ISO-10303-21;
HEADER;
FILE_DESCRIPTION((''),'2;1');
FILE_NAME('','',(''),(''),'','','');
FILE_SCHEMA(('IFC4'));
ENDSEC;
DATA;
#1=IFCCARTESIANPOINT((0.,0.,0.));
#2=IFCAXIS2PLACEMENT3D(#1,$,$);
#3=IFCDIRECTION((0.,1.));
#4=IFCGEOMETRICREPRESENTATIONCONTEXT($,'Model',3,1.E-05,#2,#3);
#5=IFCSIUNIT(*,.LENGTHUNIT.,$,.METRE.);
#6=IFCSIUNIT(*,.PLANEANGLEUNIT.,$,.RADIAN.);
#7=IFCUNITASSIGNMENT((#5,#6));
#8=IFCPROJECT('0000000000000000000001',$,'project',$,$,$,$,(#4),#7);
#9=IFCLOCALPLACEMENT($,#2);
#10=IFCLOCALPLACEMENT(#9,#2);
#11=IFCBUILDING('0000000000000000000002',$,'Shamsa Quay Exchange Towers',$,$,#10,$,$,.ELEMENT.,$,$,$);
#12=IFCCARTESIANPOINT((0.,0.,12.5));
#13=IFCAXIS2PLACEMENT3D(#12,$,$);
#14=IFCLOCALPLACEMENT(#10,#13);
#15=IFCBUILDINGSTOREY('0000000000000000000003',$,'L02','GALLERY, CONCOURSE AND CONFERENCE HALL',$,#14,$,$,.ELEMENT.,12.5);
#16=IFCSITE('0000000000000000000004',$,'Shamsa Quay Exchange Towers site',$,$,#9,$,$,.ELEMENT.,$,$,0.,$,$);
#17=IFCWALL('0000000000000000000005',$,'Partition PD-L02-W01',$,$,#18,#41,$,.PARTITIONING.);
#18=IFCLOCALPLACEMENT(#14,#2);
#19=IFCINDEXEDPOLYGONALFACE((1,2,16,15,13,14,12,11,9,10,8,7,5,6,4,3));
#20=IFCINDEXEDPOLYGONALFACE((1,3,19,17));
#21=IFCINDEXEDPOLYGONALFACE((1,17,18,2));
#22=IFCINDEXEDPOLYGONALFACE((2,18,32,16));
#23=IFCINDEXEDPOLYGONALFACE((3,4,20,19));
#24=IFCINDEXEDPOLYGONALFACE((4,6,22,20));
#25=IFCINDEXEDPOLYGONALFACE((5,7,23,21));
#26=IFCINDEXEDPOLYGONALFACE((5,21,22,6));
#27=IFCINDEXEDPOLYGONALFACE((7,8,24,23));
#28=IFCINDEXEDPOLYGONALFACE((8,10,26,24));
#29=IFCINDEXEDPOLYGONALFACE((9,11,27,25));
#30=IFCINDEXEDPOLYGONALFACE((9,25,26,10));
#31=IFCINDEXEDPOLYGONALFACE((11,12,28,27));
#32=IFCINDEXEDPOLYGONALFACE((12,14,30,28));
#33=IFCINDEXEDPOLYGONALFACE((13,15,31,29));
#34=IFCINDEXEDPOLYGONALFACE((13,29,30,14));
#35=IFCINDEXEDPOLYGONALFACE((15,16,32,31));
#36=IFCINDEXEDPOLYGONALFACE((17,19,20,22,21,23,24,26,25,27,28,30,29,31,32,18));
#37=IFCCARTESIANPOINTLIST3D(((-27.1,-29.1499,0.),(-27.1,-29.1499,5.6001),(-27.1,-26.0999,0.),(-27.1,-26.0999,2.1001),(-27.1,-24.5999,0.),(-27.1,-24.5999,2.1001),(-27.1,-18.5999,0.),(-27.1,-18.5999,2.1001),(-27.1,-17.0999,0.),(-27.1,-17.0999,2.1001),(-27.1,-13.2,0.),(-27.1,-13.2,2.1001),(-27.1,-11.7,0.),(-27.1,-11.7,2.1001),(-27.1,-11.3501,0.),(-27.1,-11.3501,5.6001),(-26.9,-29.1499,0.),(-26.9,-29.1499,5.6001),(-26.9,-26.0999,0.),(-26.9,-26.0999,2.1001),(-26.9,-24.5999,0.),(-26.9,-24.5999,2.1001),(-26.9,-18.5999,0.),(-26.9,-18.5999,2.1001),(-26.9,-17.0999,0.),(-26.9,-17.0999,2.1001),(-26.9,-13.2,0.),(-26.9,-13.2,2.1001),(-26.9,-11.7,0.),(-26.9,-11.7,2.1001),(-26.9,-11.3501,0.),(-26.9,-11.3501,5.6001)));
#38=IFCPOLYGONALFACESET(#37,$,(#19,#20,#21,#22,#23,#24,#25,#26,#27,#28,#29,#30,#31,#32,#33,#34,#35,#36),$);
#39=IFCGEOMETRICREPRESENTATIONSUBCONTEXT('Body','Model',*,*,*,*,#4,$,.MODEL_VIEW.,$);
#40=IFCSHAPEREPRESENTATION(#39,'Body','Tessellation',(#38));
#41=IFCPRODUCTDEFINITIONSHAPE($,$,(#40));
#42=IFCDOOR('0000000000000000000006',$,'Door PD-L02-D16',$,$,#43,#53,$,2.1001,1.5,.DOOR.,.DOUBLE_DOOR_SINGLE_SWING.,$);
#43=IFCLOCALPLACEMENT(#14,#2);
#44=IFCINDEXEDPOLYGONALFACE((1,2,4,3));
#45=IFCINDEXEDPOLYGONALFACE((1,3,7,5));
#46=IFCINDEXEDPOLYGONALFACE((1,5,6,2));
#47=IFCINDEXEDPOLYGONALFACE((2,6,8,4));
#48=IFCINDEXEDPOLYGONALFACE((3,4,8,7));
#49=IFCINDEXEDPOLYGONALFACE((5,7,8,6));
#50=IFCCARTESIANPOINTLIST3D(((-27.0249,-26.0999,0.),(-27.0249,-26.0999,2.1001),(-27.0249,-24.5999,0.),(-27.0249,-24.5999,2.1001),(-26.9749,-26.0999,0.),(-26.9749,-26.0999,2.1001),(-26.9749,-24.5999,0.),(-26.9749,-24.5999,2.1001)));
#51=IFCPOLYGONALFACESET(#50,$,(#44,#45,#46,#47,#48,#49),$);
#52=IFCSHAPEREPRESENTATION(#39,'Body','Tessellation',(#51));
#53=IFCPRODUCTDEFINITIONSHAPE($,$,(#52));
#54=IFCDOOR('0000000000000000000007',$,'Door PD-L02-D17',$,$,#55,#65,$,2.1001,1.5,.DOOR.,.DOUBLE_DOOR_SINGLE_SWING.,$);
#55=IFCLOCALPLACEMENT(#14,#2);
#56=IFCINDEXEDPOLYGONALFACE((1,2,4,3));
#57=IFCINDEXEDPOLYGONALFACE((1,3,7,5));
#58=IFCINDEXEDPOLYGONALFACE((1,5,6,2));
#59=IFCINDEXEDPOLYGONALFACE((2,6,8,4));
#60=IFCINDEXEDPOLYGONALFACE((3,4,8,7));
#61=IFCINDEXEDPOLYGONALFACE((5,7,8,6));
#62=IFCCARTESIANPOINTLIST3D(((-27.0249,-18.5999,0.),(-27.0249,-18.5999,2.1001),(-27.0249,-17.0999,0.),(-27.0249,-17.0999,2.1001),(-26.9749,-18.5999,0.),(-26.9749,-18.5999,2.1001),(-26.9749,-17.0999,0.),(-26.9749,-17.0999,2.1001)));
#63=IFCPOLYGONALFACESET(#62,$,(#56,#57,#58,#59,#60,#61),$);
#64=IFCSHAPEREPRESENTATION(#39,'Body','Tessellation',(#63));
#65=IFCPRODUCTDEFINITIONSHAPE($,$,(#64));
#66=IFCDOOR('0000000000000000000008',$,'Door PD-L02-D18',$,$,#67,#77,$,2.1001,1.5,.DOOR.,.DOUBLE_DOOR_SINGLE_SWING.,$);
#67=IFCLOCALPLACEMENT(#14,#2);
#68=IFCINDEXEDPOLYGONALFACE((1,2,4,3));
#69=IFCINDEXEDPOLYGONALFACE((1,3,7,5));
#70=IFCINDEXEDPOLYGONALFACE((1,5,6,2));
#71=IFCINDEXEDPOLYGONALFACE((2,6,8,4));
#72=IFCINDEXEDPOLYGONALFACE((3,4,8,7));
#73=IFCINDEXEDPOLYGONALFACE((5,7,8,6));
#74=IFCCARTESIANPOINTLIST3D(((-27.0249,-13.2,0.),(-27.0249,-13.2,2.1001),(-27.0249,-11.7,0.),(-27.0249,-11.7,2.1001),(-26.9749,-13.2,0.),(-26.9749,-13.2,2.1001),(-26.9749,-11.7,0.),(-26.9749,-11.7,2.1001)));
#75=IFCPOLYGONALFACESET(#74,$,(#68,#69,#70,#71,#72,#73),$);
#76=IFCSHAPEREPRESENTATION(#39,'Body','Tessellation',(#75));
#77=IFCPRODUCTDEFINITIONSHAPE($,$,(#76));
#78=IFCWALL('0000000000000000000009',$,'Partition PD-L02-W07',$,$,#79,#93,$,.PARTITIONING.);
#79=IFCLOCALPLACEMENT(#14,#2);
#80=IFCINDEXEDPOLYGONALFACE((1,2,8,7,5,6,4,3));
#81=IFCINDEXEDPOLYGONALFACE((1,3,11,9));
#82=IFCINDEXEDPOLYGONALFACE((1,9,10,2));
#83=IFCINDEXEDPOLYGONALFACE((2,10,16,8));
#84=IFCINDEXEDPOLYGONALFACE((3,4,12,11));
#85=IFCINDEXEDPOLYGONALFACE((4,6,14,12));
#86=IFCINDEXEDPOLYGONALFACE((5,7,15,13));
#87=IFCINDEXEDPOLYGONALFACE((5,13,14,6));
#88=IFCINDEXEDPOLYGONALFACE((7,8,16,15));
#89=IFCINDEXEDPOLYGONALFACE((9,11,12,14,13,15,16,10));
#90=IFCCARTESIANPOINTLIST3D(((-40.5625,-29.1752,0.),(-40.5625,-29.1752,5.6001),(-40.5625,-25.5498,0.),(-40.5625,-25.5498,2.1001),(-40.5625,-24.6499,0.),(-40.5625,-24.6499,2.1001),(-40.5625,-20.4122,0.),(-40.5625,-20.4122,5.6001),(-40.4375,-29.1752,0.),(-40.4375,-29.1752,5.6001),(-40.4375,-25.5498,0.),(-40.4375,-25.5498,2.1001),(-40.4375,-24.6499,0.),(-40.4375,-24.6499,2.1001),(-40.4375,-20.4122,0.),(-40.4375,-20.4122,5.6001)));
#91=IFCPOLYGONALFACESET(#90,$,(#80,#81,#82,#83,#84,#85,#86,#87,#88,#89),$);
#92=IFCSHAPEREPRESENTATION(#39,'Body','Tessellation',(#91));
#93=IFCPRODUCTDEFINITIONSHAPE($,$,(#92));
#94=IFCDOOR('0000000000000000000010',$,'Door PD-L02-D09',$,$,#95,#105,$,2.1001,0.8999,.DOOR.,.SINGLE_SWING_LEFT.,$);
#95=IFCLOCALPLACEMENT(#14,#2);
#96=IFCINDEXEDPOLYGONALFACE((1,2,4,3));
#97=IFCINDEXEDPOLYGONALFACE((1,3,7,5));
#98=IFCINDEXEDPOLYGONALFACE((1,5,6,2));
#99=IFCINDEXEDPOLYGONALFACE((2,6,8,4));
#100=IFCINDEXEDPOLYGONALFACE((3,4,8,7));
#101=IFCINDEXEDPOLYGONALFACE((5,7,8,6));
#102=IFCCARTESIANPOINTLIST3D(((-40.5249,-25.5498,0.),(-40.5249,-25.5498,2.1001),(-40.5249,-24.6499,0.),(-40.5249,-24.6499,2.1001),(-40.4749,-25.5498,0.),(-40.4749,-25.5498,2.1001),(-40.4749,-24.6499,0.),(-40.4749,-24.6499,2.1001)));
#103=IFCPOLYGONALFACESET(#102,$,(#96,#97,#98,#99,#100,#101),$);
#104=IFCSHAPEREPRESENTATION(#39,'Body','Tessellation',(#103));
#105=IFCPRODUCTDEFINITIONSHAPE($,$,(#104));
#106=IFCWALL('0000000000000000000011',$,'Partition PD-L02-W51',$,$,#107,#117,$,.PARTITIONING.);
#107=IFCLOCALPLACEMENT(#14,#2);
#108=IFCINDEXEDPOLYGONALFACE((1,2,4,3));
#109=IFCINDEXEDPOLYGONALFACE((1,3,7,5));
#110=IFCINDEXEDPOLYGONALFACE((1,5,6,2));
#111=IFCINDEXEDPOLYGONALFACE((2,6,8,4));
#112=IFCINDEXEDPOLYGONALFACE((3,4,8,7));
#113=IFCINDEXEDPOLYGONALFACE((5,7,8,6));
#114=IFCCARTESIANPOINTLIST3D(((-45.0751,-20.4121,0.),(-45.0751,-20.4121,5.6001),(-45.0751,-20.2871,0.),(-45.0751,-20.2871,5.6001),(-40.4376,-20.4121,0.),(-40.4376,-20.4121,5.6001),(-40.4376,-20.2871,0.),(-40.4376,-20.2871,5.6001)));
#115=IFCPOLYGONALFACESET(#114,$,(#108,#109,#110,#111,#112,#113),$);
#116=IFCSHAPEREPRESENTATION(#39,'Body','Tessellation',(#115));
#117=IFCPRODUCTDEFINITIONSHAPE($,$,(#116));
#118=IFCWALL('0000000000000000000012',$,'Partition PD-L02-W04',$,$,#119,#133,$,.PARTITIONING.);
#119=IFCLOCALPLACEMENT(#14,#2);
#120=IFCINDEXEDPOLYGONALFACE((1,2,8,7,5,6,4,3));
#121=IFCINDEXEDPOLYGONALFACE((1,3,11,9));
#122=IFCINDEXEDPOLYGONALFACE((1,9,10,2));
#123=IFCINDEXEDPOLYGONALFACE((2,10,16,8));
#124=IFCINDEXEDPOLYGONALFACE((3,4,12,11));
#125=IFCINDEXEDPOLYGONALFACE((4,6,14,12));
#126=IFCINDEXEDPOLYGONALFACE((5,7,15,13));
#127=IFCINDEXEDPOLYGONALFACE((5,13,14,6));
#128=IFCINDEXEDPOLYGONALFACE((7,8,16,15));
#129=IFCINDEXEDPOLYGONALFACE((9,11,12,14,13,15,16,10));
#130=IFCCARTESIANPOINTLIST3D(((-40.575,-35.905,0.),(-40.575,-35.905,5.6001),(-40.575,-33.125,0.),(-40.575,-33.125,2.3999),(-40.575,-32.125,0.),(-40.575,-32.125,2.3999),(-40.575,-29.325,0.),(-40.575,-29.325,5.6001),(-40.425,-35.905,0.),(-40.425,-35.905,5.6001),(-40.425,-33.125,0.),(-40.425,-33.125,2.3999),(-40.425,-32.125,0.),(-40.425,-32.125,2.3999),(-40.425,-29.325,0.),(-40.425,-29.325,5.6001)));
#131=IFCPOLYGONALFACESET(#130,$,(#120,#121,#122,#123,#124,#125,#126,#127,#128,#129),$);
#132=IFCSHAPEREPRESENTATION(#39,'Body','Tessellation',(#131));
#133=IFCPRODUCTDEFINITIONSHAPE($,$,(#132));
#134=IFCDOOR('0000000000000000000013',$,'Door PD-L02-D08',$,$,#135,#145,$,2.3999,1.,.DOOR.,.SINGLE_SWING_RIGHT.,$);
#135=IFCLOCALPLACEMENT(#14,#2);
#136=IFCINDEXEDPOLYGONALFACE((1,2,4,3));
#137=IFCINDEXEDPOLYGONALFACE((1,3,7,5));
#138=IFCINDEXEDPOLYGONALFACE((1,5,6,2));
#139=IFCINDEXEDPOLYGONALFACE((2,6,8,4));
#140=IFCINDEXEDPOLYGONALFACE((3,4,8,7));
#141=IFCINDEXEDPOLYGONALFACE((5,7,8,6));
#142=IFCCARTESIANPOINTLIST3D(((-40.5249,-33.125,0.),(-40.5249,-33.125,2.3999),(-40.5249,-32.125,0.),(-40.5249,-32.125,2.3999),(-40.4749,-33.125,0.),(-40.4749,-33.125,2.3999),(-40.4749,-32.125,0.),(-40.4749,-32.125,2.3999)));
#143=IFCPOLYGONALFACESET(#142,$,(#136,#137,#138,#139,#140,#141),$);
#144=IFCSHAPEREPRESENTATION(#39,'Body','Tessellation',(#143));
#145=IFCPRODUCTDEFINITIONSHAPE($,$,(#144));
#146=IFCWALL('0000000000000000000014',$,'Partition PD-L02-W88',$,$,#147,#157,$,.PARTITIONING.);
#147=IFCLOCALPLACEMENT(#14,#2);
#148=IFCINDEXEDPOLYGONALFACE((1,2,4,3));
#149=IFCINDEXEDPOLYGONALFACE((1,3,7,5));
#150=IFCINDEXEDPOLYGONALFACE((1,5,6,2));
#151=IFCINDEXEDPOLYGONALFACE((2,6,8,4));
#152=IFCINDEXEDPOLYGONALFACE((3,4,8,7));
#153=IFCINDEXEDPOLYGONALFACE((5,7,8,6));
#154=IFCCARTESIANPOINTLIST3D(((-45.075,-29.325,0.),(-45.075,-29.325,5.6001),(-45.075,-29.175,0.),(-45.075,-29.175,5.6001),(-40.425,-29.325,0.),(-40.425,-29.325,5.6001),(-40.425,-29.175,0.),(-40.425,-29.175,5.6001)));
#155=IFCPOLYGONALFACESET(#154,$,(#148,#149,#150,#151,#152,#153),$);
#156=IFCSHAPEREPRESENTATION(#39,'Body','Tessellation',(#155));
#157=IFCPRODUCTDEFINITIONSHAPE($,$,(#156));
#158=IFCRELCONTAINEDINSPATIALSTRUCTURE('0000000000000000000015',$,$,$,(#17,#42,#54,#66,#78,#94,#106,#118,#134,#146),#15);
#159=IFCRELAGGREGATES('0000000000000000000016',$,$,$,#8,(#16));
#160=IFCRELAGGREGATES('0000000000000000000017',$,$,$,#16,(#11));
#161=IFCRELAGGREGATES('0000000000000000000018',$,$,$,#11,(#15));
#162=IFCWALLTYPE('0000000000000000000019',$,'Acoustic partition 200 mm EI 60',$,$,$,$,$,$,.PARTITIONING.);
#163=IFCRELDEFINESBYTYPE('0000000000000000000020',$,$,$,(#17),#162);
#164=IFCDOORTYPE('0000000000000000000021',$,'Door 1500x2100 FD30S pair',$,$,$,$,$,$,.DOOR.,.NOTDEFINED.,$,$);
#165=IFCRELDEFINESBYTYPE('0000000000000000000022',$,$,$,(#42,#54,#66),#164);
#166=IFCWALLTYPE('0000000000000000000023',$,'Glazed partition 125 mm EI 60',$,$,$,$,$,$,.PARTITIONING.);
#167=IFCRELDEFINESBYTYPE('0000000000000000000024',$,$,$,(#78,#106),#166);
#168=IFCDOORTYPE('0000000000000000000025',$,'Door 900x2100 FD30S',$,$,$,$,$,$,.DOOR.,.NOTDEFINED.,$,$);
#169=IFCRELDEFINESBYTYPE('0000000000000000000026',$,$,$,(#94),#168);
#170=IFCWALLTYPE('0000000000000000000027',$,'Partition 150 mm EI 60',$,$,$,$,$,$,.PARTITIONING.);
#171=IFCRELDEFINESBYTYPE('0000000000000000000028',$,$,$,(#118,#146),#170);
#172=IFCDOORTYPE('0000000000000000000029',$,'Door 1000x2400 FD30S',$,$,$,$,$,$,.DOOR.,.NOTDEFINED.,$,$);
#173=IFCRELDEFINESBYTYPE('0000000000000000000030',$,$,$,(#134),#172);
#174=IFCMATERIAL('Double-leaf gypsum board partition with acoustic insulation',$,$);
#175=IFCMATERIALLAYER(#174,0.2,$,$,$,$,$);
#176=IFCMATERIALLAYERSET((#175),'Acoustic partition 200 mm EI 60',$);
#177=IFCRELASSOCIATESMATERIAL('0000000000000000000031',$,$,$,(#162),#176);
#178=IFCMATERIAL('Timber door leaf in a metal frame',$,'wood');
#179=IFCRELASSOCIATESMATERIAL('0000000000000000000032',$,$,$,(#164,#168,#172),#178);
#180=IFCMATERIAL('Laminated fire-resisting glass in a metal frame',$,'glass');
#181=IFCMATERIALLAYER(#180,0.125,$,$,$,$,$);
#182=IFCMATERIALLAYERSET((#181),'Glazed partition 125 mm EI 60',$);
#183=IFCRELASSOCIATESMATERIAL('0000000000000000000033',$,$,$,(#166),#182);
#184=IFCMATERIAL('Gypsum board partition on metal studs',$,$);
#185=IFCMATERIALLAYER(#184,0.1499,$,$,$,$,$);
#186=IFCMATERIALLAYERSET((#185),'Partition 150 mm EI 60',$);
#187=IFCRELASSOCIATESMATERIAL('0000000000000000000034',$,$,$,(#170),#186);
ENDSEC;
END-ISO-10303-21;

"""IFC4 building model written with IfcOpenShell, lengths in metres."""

from ifc_helpers import new_model, si_unit, direction, frame, frame_2d, origin, place, context, subcontext, project, spatial, rectangle, extrude, material, layer, layer_set, type_object, element, fill, save


model = new_model("IFC4")

# Units and contexts
model_context = context("Model", 3, precision=1e-05, world=origin(), true_north=direction((0.0, 1.0)))
body_context = subcontext(model_context, "Body", "Model", "MODEL_VIEW")
ifc_project = project(units=[si_unit("LENGTHUNIT", "METRE"), si_unit("PLANEANGLEUNIT", "RADIAN")], contexts=[model_context])

# Site, building, storey
site_placement = place(None, origin())
site = spatial("IfcSite", under=ifc_project, at=site_placement, Name="Shamsa Quay Exchange Towers site", CompositionType="ELEMENT", RefElevation=0.0)
building_placement = place(site_placement, origin())
building = spatial("IfcBuilding", under=site, at=building_placement, Name="Shamsa Quay Exchange Towers", CompositionType="ELEMENT")
storey_placement = place(building_placement, frame((0.0, 0.0, 12.5)))
storey = spatial("IfcBuildingStorey", under=building, at=storey_placement, Name="L02", Description="GALLERY, CONCOURSE AND CONFERENCE HALL", CompositionType="ELEMENT", Elevation=12.5)

# Wall, openings, doors
ifc_material_1 = material(Name="Double-leaf gypsum board partition with acoustic insulation")
ifc_layer_1 = layer(ifc_material_1, 0.2)
ifc_layer_set_1 = layer_set([ifc_layer_1], Name="Acoustic partition 200 mm EI 60")
wall_type_1 = type_object("IfcWallType", Name="Acoustic partition 200 mm EI 60", PredefinedType="PARTITIONING", material=ifc_layer_set_1)
wall_1_placement = place(storey_placement, frame((-27.0, -29.1499, 0.0), z_axis=(0.0, 0.0, 1.0), x_axis=(0.0, 1.0, 0.0)))
wall_1 = element("IfcWall", 1, at=wall_1_placement, inside=storey, type_object=wall_type_1, Name="Partition PD-L02-W01", PredefinedType="PARTITIONING", context=body_context, shape_type="SweptSolid", body=[
    extrude(rectangle(XDim=17.7998, YDim=0.2, at=frame_2d((8.8999, 0.0))), origin(), (0.0, 0.0, 1.0), 5.6001),
])
opening_1_placement = place(wall_1_placement, frame((3.05, 0.0, 0.0)))
opening_1 = element("IfcOpeningElement", 2, at=opening_1_placement, cuts=wall_1, PredefinedType="OPENING", context=body_context, shape_type="SweptSolid", body=[
    extrude(rectangle(XDim=1.5, YDim=2.1001, at=frame_2d((0.75, 1.05))), frame((0.0, 0.1099, 0.0), z_axis=(0.0, -1.0, 0.0), x_axis=(1.0, 0.0, 0.0)), (0.0, 0.0, 1.0), 0.22),
])
opening_2_placement = place(wall_1_placement, frame((10.55, 0.0, 0.0)))
opening_2 = element("IfcOpeningElement", 3, at=opening_2_placement, cuts=wall_1, PredefinedType="OPENING", context=body_context, shape_type="SweptSolid", body=[
    extrude(rectangle(XDim=1.5, YDim=2.1001, at=frame_2d((0.75, 1.05))), frame((0.0, 0.1099, 0.0), z_axis=(0.0, -1.0, 0.0), x_axis=(1.0, 0.0, 0.0)), (0.0, 0.0, 1.0), 0.22),
])
opening_3_placement = place(wall_1_placement, frame((15.95, 0.0, 0.0)))
opening_3 = element("IfcOpeningElement", 4, at=opening_3_placement, cuts=wall_1, PredefinedType="OPENING", context=body_context, shape_type="SweptSolid", body=[
    extrude(rectangle(XDim=1.5, YDim=2.1001, at=frame_2d((0.75, 1.05))), frame((0.0, 0.1099, 0.0), z_axis=(0.0, -1.0, 0.0), x_axis=(1.0, 0.0, 0.0)), (0.0, 0.0, 1.0), 0.22),
])
ifc_material_2 = material(Name="Timber door leaf in a metal frame", Category="wood")
door_type_1 = type_object("IfcDoorType", Name="Door 1500x2100 FD30S pair", OperationType="NOTDEFINED", PredefinedType="DOOR", material=ifc_material_2)
door_1_placement = place(opening_1_placement, origin())
door_1 = element("IfcDoor", 5, at=door_1_placement, inside=storey, type_object=door_type_1, Name="Door PD-L02-D16", OperationType="DOUBLE_DOOR_SINGLE_SWING", OverallHeight=2.1001, OverallWidth=1.5, PredefinedType="DOOR", context=body_context, shape_type="SweptSolid", body=[
    extrude(rectangle(XDim=1.5, YDim=2.1001, at=frame_2d((0.75, 1.05))), frame((0.0, 0.0249, 0.0), z_axis=(0.0, -1.0, 0.0), x_axis=(1.0, 0.0, 0.0)), (0.0, 0.0, 1.0), 0.05),
])
fill(opening_1, door_1)
door_2_placement = place(opening_2_placement, origin())
door_2 = element("IfcDoor", 6, at=door_2_placement, inside=storey, type_object=door_type_1, Name="Door PD-L02-D17", OperationType="DOUBLE_DOOR_SINGLE_SWING", OverallHeight=2.1001, OverallWidth=1.5, PredefinedType="DOOR", context=body_context, shape_type="SweptSolid", body=[
    extrude(rectangle(XDim=1.5, YDim=2.1001, at=frame_2d((0.75, 1.05))), frame((0.0, 0.0249, 0.0), z_axis=(0.0, -1.0, 0.0), x_axis=(1.0, 0.0, 0.0)), (0.0, 0.0, 1.0), 0.05),
])
fill(opening_2, door_2)
door_3_placement = place(opening_3_placement, origin())
door_3 = element("IfcDoor", 7, at=door_3_placement, inside=storey, type_object=door_type_1, Name="Door PD-L02-D18", OperationType="DOUBLE_DOOR_SINGLE_SWING", OverallHeight=2.1001, OverallWidth=1.5, PredefinedType="DOOR", context=body_context, shape_type="SweptSolid", body=[
    extrude(rectangle(XDim=1.5, YDim=2.1001, at=frame_2d((0.75, 1.05))), frame((0.0, 0.0249, 0.0), z_axis=(0.0, -1.0, 0.0), x_axis=(1.0, 0.0, 0.0)), (0.0, 0.0, 1.0), 0.05),
])
fill(opening_3, door_3)

# Wall, opening, door
ifc_material_3 = material(Name="Laminated fire-resisting glass in a metal frame", Category="glass")
ifc_layer_2 = layer(ifc_material_3, 0.125)
ifc_layer_set_2 = layer_set([ifc_layer_2], Name="Glazed partition 125 mm EI 60")
wall_type_2 = type_object("IfcWallType", Name="Glazed partition 125 mm EI 60", PredefinedType="PARTITIONING", material=ifc_layer_set_2)
wall_2_placement = place(storey_placement, frame((-40.5, -29.175, 0.0), z_axis=(0.0, 0.0, 1.0), x_axis=(0.0, 1.0, 0.0)))
wall_2 = element("IfcWall", 8, at=wall_2_placement, inside=storey, type_object=wall_type_2, Name="Partition PD-L02-W07", PredefinedType="PARTITIONING", context=body_context, shape_type="SweptSolid", body=[
    extrude(rectangle(XDim=8.7629, YDim=0.125, at=frame_2d((4.3813, 0.0))), origin(), (0.0, 0.0, 1.0), 5.6001),
])
opening_4_placement = place(wall_2_placement, frame((3.6252, 0.0, 0.0)))
opening_4 = element("IfcOpeningElement", 9, at=opening_4_placement, cuts=wall_2, PredefinedType="OPENING", context=body_context, shape_type="SweptSolid", body=[
    extrude(rectangle(XDim=0.8999, YDim=2.1001, at=frame_2d((0.45, 1.05))), frame((0.0, 0.0725, 0.0), z_axis=(0.0, -1.0, 0.0), x_axis=(1.0, 0.0, 0.0)), (0.0, 0.0, 1.0), 0.145),
])
door_type_2 = type_object("IfcDoorType", Name="Door 900x2100 FD30S", OperationType="NOTDEFINED", PredefinedType="DOOR", material=ifc_material_2)
door_4_placement = place(opening_4_placement, origin())
door_4 = element("IfcDoor", 10, at=door_4_placement, inside=storey, type_object=door_type_2, Name="Door PD-L02-D09", OperationType="SINGLE_SWING_LEFT", OverallHeight=2.1001, OverallWidth=0.8999, PredefinedType="DOOR", context=body_context, shape_type="SweptSolid", body=[
    extrude(rectangle(XDim=0.8999, YDim=2.1001, at=frame_2d((0.45, 1.05))), frame((0.0, 0.0249, 0.0), z_axis=(0.0, -1.0, 0.0), x_axis=(1.0, 0.0, 0.0)), (0.0, 0.0, 1.0), 0.05),
])
fill(opening_4, door_4)

# Wall
wall_3_placement = place(storey_placement, frame((-40.4375, -20.3496, 0.0), z_axis=(0.0, 0.0, 1.0), x_axis=(-1.0, 0.0, 0.0)))
element("IfcWall", 11, at=wall_3_placement, inside=storey, type_object=wall_type_2, Name="Partition PD-L02-W51", PredefinedType="PARTITIONING", context=body_context, shape_type="SweptSolid", body=[
    extrude(rectangle(XDim=4.6375, YDim=0.125, at=frame_2d((2.3188, 0.0))), origin(), (0.0, 0.0, 1.0), 5.6001),
])

# Wall, opening, door
ifc_material_4 = material(Name="Gypsum board partition on metal studs")
ifc_layer_3 = layer(ifc_material_4, 0.1499)
ifc_layer_set_3 = layer_set([ifc_layer_3], Name="Partition 150 mm EI 60")
wall_type_3 = type_object("IfcWallType", Name="Partition 150 mm EI 60", PredefinedType="PARTITIONING", material=ifc_layer_set_3)
wall_4_placement = place(storey_placement, frame((-40.5, -35.905, 0.0), z_axis=(0.0, 0.0, 1.0), x_axis=(0.0, 1.0, 0.0)))
wall_4 = element("IfcWall", 12, at=wall_4_placement, inside=storey, type_object=wall_type_3, Name="Partition PD-L02-W04", PredefinedType="PARTITIONING", context=body_context, shape_type="SweptSolid", body=[
    extrude(rectangle(XDim=6.5801, YDim=0.1499, at=frame_2d((3.29, 0.0))), origin(), (0.0, 0.0, 1.0), 5.6001),
])
opening_5_placement = place(wall_4_placement, frame((2.78, 0.0, 0.0)))
opening_5 = element("IfcOpeningElement", 13, at=opening_5_placement, cuts=wall_4, PredefinedType="OPENING", context=body_context, shape_type="SweptSolid", body=[
    extrude(rectangle(XDim=1.0, YDim=2.3999, at=frame_2d((0.5, 1.2))), frame((0.0, 0.085, 0.0), z_axis=(0.0, -1.0, 0.0), x_axis=(1.0, 0.0, 0.0)), (0.0, 0.0, 1.0), 0.1699),
])
door_type_3 = type_object("IfcDoorType", Name="Door 1000x2400 FD30S", OperationType="NOTDEFINED", PredefinedType="DOOR", material=ifc_material_2)
door_5_placement = place(opening_5_placement, origin())
door_5 = element("IfcDoor", 14, at=door_5_placement, inside=storey, type_object=door_type_3, Name="Door PD-L02-D08", OperationType="SINGLE_SWING_RIGHT", OverallHeight=2.3999, OverallWidth=1.0, PredefinedType="DOOR", context=body_context, shape_type="SweptSolid", body=[
    extrude(rectangle(XDim=1.0, YDim=2.3999, at=frame_2d((0.5, 1.2))), frame((0.0, 0.0249, 0.0), z_axis=(0.0, -1.0, 0.0), x_axis=(1.0, 0.0, 0.0)), (0.0, 0.0, 1.0), 0.05),
])
fill(opening_5, door_5)

# Wall
wall_5_placement = place(storey_placement, frame((-40.425, -29.25, 0.0), z_axis=(0.0, 0.0, 1.0), x_axis=(-1.0, 0.0, 0.0)))
element("IfcWall", 15, at=wall_5_placement, inside=storey, type_object=wall_type_3, Name="Partition PD-L02-W88", PredefinedType="PARTITIONING", context=body_context, shape_type="SweptSolid", body=[
    extrude(rectangle(XDim=4.6499, YDim=0.1499, at=frame_2d((2.325, 0.0))), origin(), (0.0, 0.0, 1.0), 5.6001),
])

save(model, "model.ifc")
